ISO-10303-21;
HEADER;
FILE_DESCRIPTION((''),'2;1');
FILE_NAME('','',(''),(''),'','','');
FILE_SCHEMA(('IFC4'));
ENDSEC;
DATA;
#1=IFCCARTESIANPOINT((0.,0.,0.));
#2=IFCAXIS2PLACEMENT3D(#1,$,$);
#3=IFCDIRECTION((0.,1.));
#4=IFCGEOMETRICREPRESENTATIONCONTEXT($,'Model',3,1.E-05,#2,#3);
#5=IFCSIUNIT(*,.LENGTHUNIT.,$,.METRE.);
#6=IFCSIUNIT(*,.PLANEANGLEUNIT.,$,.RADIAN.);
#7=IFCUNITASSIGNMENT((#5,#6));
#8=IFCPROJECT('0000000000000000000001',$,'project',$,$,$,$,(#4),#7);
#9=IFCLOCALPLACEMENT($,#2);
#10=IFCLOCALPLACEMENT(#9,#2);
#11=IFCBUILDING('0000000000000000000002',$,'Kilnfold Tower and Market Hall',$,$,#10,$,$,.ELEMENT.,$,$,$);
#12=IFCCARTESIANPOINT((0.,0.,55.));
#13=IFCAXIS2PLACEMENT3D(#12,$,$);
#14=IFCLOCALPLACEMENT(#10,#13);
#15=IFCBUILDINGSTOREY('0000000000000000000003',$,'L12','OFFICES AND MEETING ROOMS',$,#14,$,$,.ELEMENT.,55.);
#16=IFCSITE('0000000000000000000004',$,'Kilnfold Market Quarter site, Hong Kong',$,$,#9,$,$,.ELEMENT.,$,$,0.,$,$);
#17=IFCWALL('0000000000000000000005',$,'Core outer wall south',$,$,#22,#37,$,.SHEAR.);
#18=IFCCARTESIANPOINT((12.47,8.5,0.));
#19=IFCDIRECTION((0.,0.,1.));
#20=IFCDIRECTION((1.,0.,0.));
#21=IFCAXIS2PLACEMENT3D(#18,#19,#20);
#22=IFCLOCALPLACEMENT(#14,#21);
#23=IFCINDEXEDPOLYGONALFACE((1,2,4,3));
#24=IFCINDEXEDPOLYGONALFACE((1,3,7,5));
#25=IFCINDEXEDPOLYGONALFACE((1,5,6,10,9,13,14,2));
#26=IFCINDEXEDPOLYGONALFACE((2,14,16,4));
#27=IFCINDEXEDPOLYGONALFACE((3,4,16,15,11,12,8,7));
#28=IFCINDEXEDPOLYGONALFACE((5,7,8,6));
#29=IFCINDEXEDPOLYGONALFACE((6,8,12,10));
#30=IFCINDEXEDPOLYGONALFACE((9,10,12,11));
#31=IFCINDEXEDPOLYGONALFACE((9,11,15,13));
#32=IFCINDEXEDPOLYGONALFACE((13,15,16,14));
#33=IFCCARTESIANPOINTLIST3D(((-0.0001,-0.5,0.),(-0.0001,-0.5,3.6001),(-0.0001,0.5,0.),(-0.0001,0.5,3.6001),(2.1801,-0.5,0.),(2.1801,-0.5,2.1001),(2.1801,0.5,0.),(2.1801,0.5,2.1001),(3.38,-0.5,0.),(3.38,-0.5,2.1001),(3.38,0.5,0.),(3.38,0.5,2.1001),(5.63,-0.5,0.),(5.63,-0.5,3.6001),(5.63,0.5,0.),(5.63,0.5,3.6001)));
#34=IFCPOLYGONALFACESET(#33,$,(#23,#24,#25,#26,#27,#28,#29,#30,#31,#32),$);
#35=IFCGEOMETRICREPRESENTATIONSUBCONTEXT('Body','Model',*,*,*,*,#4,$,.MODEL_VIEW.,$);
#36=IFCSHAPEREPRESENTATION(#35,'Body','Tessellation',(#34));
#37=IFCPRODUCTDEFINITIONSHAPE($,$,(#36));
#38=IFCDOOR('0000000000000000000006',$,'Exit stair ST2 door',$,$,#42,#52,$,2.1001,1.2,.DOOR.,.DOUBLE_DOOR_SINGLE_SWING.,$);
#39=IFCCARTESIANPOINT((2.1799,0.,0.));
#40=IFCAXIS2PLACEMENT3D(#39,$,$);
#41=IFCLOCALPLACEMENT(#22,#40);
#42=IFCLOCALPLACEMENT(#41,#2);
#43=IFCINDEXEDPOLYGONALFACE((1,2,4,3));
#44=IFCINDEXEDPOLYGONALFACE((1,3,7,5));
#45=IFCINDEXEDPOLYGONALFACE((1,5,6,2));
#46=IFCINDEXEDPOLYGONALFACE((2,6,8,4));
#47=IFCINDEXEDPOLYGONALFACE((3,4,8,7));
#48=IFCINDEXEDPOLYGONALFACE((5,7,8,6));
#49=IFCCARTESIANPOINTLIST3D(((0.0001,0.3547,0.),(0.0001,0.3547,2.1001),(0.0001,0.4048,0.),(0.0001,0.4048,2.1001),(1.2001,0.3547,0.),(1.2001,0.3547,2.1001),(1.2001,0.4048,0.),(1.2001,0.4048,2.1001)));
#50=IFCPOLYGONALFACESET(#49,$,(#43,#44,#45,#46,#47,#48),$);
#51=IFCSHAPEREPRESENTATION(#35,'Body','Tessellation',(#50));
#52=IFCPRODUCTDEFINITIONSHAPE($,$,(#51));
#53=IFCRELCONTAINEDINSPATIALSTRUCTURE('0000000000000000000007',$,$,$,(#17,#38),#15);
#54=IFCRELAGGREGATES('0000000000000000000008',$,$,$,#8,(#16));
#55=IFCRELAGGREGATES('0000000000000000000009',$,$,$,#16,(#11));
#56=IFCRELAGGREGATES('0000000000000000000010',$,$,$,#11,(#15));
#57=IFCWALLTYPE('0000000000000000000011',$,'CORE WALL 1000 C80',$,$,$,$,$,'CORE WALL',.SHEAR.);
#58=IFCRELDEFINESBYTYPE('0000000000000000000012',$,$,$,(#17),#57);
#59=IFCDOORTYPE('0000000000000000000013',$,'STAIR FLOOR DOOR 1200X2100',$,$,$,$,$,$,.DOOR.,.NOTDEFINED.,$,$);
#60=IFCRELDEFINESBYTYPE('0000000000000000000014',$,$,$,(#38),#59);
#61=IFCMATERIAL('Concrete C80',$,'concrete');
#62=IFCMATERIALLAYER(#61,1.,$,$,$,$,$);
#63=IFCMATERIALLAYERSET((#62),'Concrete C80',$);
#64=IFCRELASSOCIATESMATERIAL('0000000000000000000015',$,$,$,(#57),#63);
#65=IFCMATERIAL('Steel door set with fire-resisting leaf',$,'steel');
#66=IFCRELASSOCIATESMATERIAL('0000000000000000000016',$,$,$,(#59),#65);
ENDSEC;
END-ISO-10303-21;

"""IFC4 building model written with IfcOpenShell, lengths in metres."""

from ifc_helpers import new_model, si_unit, direction, frame, frame_2d, origin, place, context, subcontext, project, spatial, rectangle, extrude, source, transform, mapped, material, layer, layer_set, type_object, element, fill, save


model = new_model("IFC4")

# Units and contexts
model_context = context("Model", 3, precision=1e-05, world=origin(), true_north=direction((0.0, 1.0)))
body_context = subcontext(model_context, "Body", "Model", "MODEL_VIEW")
ifc_project = project(units=[si_unit("LENGTHUNIT", "METRE"), si_unit("PLANEANGLEUNIT", "RADIAN")], contexts=[model_context])

# Site, building, storey
site_placement = place(None, origin())
site = spatial("IfcSite", under=ifc_project, at=site_placement, Name="Kilnfold Market Quarter site, Hong Kong", CompositionType="ELEMENT", RefElevation=0.0)
building_placement = place(site_placement, origin())
building = spatial("IfcBuilding", under=site, at=building_placement, Name="Kilnfold Tower and Market Hall", CompositionType="ELEMENT")
storey_placement = place(building_placement, frame((0.0, 0.0, 55.0)))
storey = spatial("IfcBuildingStorey", under=building, at=storey_placement, Name="L12", Description="OFFICES AND MEETING ROOMS", CompositionType="ELEMENT", Elevation=55.0)

# Shared definitions
ifc_material_1 = material(Name="Concrete C80", Category="concrete")
ifc_layer_1 = layer(ifc_material_1, 1.0)
ifc_layer_set_1 = layer_set([ifc_layer_1], Name="Concrete C80")
wall_type_1 = type_object("IfcWallType", Name="CORE WALL 1000 C80", ElementType="CORE WALL", PredefinedType="SHEAR", material=ifc_layer_set_1)

# Wall, opening, door
shared_shape_1 = source(origin(), body_context, "Body", "SweptSolid", [
    extrude(rectangle(XDim=5.6301, YDim=1.0, at=frame_2d((2.8149, 0.0))), origin(), (0.0, 0.0, 1.0), 3.6001),
])
wall_1_placement = place(storey_placement, frame((12.47, 8.5, 0.0), z_axis=(0.0, 0.0, 1.0), x_axis=(1.0, 0.0, 0.0)))
wall_1 = element("IfcWall", 1, at=wall_1_placement, inside=storey, type_object=wall_type_1, Name="Core outer wall south", PredefinedType="SHEAR", context=body_context, shape_type="MappedRepresentation", body=[
    mapped(shared_shape_1, transform((0.0, 0.0, 0.0))),
])
opening_1_placement = place(wall_1_placement, frame((2.1799, 0.0, 0.0)))
opening_1 = element("IfcOpeningElement", 2, at=opening_1_placement, cuts=wall_1, PredefinedType="OPENING", context=body_context, shape_type="SweptSolid", body=[
    extrude(rectangle(XDim=1.2, YDim=2.1001, at=frame_2d((0.6001, 1.05))), frame((0.0, 0.51, 0.0), z_axis=(0.0, -1.0, 0.0), x_axis=(1.0, 0.0, 0.0)), (0.0, 0.0, 1.0), 1.02),
])
ifc_material_2 = material(Name="Steel door set with fire-resisting leaf", Category="steel")
door_type_1 = type_object("IfcDoorType", Name="STAIR FLOOR DOOR 1200X2100", OperationType="NOTDEFINED", PredefinedType="DOOR", material=ifc_material_2)
door_1_placement = place(opening_1_placement, origin())
door_1 = element("IfcDoor", 3, at=door_1_placement, inside=storey, type_object=door_type_1, Name="Exit stair ST2 door", OperationType="DOUBLE_DOOR_SINGLE_SWING", OverallHeight=2.1001, OverallWidth=1.2, PredefinedType="DOOR", context=body_context, shape_type="SweptSolid", body=[
    extrude(rectangle(XDim=1.2, YDim=2.1001, at=frame_2d((0.6001, 1.05))), frame((0.0, 0.4048, 0.0), z_axis=(0.0, -1.0, 0.0), x_axis=(1.0, 0.0, 0.0)), (0.0, 0.0, 1.0), 0.05),
])
fill(opening_1, door_1)

save(model, "model.ifc")
